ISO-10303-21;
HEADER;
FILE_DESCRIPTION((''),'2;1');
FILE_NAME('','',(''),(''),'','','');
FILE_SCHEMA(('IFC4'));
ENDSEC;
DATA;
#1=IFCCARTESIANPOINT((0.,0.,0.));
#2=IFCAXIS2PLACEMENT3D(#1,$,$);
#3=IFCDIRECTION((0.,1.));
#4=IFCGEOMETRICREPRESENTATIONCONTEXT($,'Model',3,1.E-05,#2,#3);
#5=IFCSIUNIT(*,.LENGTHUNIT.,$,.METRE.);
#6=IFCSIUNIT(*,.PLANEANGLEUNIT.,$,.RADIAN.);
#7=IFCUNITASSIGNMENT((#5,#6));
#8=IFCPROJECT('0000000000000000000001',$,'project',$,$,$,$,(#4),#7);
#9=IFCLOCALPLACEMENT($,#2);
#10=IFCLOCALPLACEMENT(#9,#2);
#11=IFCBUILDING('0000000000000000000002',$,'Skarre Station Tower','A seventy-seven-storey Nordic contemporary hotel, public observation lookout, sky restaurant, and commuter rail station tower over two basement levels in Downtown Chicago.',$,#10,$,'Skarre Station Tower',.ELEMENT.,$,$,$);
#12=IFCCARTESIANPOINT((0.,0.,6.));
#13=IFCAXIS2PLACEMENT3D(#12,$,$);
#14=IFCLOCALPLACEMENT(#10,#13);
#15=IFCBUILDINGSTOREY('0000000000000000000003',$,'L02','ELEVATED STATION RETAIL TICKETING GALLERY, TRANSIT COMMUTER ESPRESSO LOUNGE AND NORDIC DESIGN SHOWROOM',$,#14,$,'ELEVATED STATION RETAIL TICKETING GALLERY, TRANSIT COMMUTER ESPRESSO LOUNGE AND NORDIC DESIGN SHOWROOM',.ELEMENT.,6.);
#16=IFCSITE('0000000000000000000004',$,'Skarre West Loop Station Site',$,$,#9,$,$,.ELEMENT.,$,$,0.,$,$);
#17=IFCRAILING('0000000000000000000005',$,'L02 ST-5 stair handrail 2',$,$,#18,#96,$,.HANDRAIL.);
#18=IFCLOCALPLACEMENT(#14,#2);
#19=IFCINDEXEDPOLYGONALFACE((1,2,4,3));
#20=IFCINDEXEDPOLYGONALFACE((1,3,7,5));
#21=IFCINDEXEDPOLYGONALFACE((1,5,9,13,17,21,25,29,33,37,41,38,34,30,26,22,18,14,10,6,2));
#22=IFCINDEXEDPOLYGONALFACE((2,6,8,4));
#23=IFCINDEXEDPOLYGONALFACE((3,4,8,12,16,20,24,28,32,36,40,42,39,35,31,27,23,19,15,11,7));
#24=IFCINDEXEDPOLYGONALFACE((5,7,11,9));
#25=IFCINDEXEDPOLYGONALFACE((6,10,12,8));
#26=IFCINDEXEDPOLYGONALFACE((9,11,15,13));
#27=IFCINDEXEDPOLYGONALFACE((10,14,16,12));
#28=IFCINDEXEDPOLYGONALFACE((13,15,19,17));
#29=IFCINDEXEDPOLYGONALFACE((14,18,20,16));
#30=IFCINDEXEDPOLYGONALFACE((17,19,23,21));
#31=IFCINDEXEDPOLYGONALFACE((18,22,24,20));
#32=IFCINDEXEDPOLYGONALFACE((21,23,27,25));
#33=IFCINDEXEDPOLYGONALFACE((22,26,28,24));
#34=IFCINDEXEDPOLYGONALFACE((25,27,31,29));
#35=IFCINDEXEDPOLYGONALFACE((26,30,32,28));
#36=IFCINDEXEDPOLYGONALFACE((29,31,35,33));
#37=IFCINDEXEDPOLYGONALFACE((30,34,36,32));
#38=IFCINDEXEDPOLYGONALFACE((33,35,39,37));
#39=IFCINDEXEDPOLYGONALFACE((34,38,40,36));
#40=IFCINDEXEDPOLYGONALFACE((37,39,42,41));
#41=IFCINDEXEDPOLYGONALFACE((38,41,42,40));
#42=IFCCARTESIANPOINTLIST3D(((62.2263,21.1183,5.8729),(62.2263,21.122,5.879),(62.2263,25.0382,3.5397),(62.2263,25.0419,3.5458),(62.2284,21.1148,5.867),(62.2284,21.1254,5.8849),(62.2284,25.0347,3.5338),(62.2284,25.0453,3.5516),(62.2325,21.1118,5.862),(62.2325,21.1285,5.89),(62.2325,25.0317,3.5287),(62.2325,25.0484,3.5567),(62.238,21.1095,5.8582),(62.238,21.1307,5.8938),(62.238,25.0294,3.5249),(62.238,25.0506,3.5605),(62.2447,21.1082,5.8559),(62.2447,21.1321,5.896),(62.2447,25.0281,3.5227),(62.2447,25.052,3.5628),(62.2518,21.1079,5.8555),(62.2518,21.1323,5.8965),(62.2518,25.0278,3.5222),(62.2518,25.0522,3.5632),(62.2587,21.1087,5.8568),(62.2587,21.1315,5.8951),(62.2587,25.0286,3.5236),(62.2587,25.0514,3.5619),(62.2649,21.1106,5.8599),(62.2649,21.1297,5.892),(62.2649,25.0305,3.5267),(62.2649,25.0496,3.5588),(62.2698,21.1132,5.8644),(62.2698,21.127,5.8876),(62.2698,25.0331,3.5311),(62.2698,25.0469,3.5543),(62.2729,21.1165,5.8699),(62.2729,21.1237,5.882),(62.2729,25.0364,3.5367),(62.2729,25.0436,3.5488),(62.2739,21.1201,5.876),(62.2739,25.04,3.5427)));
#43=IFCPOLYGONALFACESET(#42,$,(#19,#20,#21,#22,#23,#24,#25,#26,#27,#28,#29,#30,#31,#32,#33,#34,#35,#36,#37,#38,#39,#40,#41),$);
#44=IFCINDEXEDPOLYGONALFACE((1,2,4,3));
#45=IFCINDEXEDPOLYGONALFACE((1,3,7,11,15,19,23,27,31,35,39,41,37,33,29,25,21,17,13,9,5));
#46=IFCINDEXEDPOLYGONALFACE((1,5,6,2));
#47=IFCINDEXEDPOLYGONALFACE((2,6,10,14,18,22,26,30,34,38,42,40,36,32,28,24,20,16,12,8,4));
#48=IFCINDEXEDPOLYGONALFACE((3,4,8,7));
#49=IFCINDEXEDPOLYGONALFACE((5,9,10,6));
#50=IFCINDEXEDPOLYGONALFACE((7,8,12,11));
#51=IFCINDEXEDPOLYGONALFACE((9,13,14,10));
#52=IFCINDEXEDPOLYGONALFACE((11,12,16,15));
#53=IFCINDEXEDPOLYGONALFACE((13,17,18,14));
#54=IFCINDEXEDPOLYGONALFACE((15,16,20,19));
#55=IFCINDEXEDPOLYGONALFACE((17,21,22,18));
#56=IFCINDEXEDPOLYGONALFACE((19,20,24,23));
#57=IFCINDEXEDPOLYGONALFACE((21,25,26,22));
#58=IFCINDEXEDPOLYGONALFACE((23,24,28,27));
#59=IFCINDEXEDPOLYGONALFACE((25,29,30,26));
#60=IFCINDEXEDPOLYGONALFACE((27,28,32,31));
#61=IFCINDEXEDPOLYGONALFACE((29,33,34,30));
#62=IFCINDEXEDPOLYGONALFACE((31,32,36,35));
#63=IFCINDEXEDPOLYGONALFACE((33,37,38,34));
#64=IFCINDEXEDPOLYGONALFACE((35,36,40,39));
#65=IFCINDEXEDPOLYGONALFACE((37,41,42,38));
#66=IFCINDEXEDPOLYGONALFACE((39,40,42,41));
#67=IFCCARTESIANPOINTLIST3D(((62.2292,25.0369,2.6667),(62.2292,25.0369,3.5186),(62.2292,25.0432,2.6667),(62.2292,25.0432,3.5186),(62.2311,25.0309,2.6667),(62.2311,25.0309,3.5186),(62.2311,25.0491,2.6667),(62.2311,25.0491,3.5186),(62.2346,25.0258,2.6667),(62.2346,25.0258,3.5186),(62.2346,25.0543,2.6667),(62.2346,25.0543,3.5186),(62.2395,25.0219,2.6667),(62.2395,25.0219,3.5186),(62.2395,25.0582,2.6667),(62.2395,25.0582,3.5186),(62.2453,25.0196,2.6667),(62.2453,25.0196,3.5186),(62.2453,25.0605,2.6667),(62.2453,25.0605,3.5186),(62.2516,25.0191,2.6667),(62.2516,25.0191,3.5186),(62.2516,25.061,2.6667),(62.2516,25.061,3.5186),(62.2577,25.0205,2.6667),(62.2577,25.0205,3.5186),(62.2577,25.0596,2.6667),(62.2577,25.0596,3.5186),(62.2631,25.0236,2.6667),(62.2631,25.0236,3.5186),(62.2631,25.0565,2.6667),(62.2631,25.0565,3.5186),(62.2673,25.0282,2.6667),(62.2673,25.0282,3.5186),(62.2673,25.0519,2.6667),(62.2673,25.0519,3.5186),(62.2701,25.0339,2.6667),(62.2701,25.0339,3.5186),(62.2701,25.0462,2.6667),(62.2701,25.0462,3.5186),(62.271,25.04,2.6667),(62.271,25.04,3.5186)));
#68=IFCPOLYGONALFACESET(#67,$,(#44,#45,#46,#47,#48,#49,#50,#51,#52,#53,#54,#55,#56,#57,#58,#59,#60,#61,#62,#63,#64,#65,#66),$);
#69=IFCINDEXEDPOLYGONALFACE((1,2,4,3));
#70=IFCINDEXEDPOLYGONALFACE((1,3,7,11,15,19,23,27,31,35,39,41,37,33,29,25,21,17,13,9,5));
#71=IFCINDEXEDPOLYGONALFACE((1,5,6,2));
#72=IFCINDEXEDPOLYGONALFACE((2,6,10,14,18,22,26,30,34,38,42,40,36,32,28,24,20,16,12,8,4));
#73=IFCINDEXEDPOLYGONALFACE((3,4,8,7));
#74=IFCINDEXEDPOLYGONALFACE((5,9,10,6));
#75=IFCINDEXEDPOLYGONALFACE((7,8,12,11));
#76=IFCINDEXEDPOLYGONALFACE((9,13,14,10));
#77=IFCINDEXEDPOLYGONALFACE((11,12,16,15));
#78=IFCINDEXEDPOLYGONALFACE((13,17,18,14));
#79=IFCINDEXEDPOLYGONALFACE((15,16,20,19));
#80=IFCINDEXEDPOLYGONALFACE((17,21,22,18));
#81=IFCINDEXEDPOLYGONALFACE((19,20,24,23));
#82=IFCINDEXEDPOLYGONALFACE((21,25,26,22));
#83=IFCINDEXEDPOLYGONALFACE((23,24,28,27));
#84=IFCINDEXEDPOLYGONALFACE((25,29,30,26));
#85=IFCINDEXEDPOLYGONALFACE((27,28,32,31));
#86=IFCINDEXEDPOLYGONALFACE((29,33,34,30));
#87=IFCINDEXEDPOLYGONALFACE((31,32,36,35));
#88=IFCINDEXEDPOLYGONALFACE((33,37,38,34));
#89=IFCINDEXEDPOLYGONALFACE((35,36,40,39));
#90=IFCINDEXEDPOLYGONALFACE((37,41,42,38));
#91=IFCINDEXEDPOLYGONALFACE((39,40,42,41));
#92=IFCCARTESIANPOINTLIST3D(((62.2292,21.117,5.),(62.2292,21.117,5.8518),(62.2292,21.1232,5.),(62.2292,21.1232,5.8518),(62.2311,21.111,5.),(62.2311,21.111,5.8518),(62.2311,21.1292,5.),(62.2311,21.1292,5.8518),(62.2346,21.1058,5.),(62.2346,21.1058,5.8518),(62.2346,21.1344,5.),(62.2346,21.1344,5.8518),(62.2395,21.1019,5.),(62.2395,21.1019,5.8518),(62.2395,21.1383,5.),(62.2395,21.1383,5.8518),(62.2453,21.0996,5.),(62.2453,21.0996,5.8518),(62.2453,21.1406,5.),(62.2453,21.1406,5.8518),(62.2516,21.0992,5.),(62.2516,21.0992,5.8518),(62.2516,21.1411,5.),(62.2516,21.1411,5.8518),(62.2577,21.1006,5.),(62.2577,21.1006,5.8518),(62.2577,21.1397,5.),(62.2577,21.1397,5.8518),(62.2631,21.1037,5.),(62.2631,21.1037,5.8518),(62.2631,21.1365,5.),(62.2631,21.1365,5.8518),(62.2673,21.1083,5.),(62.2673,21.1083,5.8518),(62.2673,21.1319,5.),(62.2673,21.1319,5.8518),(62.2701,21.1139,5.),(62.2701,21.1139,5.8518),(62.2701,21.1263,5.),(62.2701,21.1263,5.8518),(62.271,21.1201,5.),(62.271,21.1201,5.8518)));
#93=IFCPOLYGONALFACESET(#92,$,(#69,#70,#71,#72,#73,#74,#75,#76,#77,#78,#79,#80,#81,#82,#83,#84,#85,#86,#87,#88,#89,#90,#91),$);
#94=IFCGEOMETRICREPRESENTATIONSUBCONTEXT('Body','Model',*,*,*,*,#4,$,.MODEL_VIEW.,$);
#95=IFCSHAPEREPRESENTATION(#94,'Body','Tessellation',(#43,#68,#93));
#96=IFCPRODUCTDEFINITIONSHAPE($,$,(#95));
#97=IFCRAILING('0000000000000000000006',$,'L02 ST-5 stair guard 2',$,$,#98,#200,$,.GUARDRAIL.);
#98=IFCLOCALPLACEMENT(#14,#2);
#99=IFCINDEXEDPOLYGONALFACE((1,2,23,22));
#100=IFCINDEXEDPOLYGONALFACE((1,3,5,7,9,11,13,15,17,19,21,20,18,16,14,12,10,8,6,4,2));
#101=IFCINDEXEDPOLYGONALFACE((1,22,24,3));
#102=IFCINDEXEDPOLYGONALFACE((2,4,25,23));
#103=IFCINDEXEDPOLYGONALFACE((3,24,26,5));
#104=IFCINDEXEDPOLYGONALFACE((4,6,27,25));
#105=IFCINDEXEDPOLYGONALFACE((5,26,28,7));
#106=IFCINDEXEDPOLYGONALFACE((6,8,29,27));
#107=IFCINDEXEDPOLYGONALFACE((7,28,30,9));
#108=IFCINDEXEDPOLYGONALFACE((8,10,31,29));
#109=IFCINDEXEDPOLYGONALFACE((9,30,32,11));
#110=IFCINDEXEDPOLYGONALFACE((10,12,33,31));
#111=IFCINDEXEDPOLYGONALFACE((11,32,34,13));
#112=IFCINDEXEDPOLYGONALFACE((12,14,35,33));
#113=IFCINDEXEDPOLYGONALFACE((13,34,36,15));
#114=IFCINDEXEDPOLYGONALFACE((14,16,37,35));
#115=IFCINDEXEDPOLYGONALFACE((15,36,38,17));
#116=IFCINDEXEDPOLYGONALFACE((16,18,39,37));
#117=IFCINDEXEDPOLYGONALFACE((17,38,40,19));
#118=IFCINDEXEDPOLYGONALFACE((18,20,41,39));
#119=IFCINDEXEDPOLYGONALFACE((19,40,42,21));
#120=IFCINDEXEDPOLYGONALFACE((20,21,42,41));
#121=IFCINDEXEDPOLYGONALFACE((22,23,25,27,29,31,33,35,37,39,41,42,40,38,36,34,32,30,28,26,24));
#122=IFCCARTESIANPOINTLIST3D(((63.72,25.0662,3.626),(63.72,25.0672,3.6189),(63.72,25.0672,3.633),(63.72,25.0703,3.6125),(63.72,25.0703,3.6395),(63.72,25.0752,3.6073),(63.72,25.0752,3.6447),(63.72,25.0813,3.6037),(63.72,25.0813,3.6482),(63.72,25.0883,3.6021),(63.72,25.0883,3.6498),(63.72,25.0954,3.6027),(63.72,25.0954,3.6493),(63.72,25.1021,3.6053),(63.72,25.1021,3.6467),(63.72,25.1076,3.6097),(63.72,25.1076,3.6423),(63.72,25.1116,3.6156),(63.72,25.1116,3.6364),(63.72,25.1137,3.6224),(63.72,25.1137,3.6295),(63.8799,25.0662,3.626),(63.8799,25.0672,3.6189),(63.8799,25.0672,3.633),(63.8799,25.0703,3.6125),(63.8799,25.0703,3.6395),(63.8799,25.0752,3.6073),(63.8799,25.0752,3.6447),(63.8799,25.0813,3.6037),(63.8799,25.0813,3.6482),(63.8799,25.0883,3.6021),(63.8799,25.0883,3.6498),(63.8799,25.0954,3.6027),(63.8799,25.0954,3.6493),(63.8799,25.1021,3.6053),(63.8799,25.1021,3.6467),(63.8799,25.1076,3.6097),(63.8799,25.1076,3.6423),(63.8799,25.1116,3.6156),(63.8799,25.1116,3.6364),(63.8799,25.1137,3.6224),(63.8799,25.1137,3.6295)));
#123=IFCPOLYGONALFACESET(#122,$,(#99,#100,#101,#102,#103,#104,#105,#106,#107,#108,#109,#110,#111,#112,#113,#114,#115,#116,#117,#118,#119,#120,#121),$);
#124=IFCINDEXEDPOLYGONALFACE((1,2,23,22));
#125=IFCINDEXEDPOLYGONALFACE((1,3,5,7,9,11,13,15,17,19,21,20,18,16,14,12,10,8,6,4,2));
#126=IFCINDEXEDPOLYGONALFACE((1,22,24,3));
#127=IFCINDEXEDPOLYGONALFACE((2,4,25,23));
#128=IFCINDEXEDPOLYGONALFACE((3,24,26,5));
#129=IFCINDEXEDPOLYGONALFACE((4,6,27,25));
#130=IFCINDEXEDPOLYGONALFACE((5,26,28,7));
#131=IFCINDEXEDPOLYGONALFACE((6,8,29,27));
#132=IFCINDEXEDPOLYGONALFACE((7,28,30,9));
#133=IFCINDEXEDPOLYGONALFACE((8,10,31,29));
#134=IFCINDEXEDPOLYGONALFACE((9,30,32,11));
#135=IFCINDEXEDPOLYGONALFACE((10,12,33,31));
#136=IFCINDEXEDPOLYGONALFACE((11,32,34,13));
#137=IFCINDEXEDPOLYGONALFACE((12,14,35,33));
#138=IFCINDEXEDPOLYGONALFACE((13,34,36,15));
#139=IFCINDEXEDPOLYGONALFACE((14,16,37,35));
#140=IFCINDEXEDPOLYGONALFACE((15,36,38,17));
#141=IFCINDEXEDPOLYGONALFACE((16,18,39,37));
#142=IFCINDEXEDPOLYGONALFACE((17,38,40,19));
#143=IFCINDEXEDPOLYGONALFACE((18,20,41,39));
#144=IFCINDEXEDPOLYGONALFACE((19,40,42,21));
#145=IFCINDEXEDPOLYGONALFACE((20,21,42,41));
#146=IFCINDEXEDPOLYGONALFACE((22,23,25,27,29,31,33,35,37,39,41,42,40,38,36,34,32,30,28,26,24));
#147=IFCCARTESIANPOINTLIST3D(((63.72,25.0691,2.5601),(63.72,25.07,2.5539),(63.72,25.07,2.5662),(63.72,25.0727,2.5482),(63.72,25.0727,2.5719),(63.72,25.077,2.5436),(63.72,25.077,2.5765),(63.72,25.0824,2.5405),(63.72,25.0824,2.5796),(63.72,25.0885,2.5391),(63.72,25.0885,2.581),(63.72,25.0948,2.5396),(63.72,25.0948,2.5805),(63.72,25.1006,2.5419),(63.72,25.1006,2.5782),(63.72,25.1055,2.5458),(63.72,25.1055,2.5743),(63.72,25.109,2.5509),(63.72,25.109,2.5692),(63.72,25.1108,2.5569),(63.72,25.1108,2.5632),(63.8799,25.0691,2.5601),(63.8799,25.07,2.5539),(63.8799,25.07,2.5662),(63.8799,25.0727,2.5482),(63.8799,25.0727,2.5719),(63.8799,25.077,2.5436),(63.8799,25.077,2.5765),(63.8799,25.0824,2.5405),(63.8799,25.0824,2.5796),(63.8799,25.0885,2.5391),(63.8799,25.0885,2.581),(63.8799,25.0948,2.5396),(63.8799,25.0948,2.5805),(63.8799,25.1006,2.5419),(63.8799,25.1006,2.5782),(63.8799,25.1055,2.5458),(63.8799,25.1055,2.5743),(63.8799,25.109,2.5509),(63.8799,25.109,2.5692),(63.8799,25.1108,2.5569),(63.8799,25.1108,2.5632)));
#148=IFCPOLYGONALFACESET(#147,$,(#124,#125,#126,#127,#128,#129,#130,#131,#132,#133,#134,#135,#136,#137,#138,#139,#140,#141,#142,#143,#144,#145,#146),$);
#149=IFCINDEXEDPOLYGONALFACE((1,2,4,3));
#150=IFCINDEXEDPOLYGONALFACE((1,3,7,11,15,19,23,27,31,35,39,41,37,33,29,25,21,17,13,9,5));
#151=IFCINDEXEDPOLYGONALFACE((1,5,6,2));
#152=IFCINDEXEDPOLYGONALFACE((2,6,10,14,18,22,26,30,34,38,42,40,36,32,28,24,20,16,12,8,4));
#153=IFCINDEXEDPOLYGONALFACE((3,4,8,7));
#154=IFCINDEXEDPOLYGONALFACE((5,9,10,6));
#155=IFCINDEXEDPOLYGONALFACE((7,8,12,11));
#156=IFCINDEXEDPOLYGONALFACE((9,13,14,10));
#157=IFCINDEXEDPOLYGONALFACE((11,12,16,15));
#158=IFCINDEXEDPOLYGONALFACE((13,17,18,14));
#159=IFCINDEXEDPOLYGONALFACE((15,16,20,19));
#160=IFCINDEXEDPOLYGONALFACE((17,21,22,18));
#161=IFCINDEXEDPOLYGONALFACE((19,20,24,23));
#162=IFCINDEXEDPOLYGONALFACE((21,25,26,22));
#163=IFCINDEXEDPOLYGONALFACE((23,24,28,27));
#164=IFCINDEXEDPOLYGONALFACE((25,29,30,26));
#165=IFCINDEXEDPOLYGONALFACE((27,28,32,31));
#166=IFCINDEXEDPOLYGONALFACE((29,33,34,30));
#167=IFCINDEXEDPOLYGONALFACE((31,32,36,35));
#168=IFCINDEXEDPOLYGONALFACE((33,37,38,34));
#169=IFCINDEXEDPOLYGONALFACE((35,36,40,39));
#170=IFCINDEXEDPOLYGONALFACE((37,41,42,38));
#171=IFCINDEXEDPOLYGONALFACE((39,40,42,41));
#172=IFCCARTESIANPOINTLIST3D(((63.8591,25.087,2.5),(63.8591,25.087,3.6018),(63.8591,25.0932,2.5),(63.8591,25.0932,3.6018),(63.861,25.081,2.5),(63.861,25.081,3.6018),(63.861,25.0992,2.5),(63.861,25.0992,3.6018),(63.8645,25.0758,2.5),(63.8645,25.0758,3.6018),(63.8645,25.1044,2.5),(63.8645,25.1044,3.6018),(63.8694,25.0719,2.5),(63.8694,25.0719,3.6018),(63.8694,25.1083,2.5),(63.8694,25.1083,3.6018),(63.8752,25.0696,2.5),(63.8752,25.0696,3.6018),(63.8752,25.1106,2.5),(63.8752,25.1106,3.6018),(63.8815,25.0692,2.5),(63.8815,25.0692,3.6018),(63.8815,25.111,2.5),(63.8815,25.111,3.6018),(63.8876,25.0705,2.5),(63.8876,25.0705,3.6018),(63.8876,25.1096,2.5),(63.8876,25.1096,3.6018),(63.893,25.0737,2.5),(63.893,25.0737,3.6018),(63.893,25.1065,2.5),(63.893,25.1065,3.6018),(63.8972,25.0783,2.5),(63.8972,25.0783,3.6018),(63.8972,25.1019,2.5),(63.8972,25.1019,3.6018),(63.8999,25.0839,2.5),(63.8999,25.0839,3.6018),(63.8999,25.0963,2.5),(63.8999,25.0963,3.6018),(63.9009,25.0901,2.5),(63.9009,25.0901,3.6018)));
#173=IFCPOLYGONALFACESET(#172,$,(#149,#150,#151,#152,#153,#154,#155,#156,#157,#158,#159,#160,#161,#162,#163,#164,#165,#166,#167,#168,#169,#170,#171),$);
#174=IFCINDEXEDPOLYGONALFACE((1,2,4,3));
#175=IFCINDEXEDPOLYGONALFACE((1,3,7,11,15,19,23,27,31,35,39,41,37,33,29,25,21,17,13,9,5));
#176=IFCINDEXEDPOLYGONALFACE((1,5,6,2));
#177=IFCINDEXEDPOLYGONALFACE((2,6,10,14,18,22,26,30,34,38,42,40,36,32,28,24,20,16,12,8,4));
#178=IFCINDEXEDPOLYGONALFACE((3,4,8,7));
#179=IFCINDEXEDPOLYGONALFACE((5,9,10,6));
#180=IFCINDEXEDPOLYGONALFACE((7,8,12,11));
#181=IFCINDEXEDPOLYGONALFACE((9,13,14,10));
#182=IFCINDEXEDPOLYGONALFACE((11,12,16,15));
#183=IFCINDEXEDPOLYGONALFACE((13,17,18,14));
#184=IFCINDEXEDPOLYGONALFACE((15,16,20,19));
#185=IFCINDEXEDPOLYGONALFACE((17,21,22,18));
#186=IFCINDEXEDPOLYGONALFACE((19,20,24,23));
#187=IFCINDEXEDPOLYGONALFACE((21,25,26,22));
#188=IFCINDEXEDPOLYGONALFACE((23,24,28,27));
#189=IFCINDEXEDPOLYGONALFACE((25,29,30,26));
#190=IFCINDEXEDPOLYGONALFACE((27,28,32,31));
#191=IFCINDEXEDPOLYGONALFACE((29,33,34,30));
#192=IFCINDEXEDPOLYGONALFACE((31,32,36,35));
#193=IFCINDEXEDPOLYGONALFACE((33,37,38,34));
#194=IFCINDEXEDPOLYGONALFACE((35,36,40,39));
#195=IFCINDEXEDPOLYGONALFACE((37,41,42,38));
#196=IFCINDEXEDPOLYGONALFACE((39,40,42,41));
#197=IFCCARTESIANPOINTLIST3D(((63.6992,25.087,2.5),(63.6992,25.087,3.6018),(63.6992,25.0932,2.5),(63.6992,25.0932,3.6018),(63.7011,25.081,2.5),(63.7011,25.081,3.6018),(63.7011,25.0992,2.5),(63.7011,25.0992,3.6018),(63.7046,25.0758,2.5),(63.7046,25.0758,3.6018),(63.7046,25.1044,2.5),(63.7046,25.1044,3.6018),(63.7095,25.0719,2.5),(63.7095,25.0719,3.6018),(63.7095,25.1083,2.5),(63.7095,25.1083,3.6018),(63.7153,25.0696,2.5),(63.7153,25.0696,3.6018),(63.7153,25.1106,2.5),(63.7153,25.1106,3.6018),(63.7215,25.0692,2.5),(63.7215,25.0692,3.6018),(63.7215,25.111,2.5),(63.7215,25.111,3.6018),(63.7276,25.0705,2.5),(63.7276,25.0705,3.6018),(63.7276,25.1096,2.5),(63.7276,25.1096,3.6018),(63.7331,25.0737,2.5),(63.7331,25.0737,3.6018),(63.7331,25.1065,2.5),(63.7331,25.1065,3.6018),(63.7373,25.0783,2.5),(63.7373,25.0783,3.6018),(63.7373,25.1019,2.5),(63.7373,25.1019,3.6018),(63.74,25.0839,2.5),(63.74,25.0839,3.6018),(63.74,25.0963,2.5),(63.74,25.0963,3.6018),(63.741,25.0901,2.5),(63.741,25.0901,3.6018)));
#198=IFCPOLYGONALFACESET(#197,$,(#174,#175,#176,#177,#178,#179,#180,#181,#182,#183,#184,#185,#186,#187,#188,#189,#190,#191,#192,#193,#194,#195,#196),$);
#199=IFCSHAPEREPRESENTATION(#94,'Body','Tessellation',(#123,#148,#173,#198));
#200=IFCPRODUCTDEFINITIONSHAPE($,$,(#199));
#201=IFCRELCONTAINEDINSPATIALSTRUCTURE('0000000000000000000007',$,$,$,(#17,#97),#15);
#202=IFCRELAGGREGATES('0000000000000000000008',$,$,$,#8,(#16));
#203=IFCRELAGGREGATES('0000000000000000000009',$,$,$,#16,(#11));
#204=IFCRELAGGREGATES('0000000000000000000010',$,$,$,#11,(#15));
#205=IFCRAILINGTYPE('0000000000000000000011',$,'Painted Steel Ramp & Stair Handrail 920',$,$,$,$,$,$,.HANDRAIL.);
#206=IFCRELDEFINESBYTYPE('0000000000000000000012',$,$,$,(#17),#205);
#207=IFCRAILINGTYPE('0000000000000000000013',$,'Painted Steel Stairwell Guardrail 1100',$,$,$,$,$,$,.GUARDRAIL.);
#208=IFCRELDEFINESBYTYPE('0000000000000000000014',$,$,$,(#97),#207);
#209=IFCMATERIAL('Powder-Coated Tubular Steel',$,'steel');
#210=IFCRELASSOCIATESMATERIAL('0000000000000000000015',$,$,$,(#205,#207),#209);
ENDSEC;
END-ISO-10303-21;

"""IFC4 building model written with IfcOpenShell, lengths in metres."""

from ifc_helpers import new_model, si_unit, direction, frame, origin, origin_2d, place, context, subcontext, project, spatial, circle, extrude, material, type_object, element, save


model = new_model("IFC4")

# Units and contexts
model_context = context("Model", 3, precision=1e-05, world=origin(), true_north=direction((0.0, 1.0)))
body_context = subcontext(model_context, "Body", "Model", "MODEL_VIEW")
ifc_project = project(units=[si_unit("LENGTHUNIT", "METRE"), si_unit("PLANEANGLEUNIT", "RADIAN")], contexts=[model_context])

# Site, building, storey
site_placement = place(None, origin())
site = spatial("IfcSite", under=ifc_project, at=site_placement, Name="Skarre West Loop Station Site", CompositionType="ELEMENT", RefElevation=0.0)
building_placement = place(site_placement, origin())
building = spatial("IfcBuilding", under=site, at=building_placement, Name="Skarre Station Tower", Description="A seventy-seven-storey Nordic contemporary hotel, public observation lookout, sky restaurant, and commuter rail station tower over two basement levels in Downtown Chicago.", LongName="Skarre Station Tower", CompositionType="ELEMENT")
storey_placement = place(building_placement, frame((0.0, 0.0, 6.0)))
storey = spatial("IfcBuildingStorey", under=building, at=storey_placement, Name="L02", Description="ELEVATED STATION RETAIL TICKETING GALLERY, TRANSIT COMMUTER ESPRESSO LOUNGE AND NORDIC DESIGN SHOWROOM", LongName="ELEVATED STATION RETAIL TICKETING GALLERY, TRANSIT COMMUTER ESPRESSO LOUNGE AND NORDIC DESIGN SHOWROOM", CompositionType="ELEMENT", Elevation=6.0)

# Railings
ifc_material_1 = material(Name="Powder-Coated Tubular Steel", Category="steel")
railing_type_1 = type_object("IfcRailingType", Name="Painted Steel Ramp & Stair Handrail 920", PredefinedType="HANDRAIL", material=ifc_material_1)
railing_1_placement = place(storey_placement, frame((62.25, 25.04, 2.6667)))
element("IfcRailing", 1, at=railing_1_placement, inside=storey, type_object=railing_type_1, Name="L02 ST-5 stair handrail 2", PredefinedType="HANDRAIL", context=body_context, shape_type="SweptSolid", body=[
    extrude(circle(Radius=0.0239, at=origin_2d()), frame((0.0, 0.0, 0.876), z_axis=(0.0, -0.859296, 0.511478), x_axis=(1.0, 0.0, 0.0)), (0.0, 0.0, 1.0), 4.5618),
    extrude(circle(Radius=0.021, at=origin_2d()), origin(), (0.0, 0.0, 1.0), 0.8518),
    extrude(circle(Radius=0.021, at=origin_2d()), frame((0.0, -3.9199, 2.3333)), (0.0, 0.0, 1.0), 0.8518),
])
railing_type_2 = type_object("IfcRailingType", Name="Painted Steel Stairwell Guardrail 1100", PredefinedType="GUARDRAIL", material=ifc_material_1)
railing_2_placement = place(storey_placement, frame((63.8799, 25.0901, 2.5)))
element("IfcRailing", 2, at=railing_2_placement, inside=storey, type_object=railing_type_2, Name="L02 ST-5 stair guard 2", PredefinedType="GUARDRAIL", context=body_context, shape_type="SweptSolid", body=[
    extrude(circle(Radius=0.0239, at=origin_2d()), frame((0.0, 0.0, 1.126), z_axis=(-1.0, 0.0, 0.0), x_axis=(0.0, -1.0, 0.0)), (0.0, 0.0, 1.0), 0.1599),
    extrude(circle(Radius=0.021, at=origin_2d()), frame((0.0, 0.0, 0.0601), z_axis=(-1.0, 0.0, 0.0), x_axis=(0.0, -1.0, 0.0)), (0.0, 0.0, 1.0), 0.1599),
    extrude(circle(Radius=0.021, at=origin_2d()), origin(), (0.0, 0.0, 1.0), 1.1018),
    extrude(circle(Radius=0.021, at=origin_2d()), frame((-0.1599, 0.0, 0.0)), (0.0, 0.0, 1.0), 1.1018),
])

save(model, "model.ifc")
